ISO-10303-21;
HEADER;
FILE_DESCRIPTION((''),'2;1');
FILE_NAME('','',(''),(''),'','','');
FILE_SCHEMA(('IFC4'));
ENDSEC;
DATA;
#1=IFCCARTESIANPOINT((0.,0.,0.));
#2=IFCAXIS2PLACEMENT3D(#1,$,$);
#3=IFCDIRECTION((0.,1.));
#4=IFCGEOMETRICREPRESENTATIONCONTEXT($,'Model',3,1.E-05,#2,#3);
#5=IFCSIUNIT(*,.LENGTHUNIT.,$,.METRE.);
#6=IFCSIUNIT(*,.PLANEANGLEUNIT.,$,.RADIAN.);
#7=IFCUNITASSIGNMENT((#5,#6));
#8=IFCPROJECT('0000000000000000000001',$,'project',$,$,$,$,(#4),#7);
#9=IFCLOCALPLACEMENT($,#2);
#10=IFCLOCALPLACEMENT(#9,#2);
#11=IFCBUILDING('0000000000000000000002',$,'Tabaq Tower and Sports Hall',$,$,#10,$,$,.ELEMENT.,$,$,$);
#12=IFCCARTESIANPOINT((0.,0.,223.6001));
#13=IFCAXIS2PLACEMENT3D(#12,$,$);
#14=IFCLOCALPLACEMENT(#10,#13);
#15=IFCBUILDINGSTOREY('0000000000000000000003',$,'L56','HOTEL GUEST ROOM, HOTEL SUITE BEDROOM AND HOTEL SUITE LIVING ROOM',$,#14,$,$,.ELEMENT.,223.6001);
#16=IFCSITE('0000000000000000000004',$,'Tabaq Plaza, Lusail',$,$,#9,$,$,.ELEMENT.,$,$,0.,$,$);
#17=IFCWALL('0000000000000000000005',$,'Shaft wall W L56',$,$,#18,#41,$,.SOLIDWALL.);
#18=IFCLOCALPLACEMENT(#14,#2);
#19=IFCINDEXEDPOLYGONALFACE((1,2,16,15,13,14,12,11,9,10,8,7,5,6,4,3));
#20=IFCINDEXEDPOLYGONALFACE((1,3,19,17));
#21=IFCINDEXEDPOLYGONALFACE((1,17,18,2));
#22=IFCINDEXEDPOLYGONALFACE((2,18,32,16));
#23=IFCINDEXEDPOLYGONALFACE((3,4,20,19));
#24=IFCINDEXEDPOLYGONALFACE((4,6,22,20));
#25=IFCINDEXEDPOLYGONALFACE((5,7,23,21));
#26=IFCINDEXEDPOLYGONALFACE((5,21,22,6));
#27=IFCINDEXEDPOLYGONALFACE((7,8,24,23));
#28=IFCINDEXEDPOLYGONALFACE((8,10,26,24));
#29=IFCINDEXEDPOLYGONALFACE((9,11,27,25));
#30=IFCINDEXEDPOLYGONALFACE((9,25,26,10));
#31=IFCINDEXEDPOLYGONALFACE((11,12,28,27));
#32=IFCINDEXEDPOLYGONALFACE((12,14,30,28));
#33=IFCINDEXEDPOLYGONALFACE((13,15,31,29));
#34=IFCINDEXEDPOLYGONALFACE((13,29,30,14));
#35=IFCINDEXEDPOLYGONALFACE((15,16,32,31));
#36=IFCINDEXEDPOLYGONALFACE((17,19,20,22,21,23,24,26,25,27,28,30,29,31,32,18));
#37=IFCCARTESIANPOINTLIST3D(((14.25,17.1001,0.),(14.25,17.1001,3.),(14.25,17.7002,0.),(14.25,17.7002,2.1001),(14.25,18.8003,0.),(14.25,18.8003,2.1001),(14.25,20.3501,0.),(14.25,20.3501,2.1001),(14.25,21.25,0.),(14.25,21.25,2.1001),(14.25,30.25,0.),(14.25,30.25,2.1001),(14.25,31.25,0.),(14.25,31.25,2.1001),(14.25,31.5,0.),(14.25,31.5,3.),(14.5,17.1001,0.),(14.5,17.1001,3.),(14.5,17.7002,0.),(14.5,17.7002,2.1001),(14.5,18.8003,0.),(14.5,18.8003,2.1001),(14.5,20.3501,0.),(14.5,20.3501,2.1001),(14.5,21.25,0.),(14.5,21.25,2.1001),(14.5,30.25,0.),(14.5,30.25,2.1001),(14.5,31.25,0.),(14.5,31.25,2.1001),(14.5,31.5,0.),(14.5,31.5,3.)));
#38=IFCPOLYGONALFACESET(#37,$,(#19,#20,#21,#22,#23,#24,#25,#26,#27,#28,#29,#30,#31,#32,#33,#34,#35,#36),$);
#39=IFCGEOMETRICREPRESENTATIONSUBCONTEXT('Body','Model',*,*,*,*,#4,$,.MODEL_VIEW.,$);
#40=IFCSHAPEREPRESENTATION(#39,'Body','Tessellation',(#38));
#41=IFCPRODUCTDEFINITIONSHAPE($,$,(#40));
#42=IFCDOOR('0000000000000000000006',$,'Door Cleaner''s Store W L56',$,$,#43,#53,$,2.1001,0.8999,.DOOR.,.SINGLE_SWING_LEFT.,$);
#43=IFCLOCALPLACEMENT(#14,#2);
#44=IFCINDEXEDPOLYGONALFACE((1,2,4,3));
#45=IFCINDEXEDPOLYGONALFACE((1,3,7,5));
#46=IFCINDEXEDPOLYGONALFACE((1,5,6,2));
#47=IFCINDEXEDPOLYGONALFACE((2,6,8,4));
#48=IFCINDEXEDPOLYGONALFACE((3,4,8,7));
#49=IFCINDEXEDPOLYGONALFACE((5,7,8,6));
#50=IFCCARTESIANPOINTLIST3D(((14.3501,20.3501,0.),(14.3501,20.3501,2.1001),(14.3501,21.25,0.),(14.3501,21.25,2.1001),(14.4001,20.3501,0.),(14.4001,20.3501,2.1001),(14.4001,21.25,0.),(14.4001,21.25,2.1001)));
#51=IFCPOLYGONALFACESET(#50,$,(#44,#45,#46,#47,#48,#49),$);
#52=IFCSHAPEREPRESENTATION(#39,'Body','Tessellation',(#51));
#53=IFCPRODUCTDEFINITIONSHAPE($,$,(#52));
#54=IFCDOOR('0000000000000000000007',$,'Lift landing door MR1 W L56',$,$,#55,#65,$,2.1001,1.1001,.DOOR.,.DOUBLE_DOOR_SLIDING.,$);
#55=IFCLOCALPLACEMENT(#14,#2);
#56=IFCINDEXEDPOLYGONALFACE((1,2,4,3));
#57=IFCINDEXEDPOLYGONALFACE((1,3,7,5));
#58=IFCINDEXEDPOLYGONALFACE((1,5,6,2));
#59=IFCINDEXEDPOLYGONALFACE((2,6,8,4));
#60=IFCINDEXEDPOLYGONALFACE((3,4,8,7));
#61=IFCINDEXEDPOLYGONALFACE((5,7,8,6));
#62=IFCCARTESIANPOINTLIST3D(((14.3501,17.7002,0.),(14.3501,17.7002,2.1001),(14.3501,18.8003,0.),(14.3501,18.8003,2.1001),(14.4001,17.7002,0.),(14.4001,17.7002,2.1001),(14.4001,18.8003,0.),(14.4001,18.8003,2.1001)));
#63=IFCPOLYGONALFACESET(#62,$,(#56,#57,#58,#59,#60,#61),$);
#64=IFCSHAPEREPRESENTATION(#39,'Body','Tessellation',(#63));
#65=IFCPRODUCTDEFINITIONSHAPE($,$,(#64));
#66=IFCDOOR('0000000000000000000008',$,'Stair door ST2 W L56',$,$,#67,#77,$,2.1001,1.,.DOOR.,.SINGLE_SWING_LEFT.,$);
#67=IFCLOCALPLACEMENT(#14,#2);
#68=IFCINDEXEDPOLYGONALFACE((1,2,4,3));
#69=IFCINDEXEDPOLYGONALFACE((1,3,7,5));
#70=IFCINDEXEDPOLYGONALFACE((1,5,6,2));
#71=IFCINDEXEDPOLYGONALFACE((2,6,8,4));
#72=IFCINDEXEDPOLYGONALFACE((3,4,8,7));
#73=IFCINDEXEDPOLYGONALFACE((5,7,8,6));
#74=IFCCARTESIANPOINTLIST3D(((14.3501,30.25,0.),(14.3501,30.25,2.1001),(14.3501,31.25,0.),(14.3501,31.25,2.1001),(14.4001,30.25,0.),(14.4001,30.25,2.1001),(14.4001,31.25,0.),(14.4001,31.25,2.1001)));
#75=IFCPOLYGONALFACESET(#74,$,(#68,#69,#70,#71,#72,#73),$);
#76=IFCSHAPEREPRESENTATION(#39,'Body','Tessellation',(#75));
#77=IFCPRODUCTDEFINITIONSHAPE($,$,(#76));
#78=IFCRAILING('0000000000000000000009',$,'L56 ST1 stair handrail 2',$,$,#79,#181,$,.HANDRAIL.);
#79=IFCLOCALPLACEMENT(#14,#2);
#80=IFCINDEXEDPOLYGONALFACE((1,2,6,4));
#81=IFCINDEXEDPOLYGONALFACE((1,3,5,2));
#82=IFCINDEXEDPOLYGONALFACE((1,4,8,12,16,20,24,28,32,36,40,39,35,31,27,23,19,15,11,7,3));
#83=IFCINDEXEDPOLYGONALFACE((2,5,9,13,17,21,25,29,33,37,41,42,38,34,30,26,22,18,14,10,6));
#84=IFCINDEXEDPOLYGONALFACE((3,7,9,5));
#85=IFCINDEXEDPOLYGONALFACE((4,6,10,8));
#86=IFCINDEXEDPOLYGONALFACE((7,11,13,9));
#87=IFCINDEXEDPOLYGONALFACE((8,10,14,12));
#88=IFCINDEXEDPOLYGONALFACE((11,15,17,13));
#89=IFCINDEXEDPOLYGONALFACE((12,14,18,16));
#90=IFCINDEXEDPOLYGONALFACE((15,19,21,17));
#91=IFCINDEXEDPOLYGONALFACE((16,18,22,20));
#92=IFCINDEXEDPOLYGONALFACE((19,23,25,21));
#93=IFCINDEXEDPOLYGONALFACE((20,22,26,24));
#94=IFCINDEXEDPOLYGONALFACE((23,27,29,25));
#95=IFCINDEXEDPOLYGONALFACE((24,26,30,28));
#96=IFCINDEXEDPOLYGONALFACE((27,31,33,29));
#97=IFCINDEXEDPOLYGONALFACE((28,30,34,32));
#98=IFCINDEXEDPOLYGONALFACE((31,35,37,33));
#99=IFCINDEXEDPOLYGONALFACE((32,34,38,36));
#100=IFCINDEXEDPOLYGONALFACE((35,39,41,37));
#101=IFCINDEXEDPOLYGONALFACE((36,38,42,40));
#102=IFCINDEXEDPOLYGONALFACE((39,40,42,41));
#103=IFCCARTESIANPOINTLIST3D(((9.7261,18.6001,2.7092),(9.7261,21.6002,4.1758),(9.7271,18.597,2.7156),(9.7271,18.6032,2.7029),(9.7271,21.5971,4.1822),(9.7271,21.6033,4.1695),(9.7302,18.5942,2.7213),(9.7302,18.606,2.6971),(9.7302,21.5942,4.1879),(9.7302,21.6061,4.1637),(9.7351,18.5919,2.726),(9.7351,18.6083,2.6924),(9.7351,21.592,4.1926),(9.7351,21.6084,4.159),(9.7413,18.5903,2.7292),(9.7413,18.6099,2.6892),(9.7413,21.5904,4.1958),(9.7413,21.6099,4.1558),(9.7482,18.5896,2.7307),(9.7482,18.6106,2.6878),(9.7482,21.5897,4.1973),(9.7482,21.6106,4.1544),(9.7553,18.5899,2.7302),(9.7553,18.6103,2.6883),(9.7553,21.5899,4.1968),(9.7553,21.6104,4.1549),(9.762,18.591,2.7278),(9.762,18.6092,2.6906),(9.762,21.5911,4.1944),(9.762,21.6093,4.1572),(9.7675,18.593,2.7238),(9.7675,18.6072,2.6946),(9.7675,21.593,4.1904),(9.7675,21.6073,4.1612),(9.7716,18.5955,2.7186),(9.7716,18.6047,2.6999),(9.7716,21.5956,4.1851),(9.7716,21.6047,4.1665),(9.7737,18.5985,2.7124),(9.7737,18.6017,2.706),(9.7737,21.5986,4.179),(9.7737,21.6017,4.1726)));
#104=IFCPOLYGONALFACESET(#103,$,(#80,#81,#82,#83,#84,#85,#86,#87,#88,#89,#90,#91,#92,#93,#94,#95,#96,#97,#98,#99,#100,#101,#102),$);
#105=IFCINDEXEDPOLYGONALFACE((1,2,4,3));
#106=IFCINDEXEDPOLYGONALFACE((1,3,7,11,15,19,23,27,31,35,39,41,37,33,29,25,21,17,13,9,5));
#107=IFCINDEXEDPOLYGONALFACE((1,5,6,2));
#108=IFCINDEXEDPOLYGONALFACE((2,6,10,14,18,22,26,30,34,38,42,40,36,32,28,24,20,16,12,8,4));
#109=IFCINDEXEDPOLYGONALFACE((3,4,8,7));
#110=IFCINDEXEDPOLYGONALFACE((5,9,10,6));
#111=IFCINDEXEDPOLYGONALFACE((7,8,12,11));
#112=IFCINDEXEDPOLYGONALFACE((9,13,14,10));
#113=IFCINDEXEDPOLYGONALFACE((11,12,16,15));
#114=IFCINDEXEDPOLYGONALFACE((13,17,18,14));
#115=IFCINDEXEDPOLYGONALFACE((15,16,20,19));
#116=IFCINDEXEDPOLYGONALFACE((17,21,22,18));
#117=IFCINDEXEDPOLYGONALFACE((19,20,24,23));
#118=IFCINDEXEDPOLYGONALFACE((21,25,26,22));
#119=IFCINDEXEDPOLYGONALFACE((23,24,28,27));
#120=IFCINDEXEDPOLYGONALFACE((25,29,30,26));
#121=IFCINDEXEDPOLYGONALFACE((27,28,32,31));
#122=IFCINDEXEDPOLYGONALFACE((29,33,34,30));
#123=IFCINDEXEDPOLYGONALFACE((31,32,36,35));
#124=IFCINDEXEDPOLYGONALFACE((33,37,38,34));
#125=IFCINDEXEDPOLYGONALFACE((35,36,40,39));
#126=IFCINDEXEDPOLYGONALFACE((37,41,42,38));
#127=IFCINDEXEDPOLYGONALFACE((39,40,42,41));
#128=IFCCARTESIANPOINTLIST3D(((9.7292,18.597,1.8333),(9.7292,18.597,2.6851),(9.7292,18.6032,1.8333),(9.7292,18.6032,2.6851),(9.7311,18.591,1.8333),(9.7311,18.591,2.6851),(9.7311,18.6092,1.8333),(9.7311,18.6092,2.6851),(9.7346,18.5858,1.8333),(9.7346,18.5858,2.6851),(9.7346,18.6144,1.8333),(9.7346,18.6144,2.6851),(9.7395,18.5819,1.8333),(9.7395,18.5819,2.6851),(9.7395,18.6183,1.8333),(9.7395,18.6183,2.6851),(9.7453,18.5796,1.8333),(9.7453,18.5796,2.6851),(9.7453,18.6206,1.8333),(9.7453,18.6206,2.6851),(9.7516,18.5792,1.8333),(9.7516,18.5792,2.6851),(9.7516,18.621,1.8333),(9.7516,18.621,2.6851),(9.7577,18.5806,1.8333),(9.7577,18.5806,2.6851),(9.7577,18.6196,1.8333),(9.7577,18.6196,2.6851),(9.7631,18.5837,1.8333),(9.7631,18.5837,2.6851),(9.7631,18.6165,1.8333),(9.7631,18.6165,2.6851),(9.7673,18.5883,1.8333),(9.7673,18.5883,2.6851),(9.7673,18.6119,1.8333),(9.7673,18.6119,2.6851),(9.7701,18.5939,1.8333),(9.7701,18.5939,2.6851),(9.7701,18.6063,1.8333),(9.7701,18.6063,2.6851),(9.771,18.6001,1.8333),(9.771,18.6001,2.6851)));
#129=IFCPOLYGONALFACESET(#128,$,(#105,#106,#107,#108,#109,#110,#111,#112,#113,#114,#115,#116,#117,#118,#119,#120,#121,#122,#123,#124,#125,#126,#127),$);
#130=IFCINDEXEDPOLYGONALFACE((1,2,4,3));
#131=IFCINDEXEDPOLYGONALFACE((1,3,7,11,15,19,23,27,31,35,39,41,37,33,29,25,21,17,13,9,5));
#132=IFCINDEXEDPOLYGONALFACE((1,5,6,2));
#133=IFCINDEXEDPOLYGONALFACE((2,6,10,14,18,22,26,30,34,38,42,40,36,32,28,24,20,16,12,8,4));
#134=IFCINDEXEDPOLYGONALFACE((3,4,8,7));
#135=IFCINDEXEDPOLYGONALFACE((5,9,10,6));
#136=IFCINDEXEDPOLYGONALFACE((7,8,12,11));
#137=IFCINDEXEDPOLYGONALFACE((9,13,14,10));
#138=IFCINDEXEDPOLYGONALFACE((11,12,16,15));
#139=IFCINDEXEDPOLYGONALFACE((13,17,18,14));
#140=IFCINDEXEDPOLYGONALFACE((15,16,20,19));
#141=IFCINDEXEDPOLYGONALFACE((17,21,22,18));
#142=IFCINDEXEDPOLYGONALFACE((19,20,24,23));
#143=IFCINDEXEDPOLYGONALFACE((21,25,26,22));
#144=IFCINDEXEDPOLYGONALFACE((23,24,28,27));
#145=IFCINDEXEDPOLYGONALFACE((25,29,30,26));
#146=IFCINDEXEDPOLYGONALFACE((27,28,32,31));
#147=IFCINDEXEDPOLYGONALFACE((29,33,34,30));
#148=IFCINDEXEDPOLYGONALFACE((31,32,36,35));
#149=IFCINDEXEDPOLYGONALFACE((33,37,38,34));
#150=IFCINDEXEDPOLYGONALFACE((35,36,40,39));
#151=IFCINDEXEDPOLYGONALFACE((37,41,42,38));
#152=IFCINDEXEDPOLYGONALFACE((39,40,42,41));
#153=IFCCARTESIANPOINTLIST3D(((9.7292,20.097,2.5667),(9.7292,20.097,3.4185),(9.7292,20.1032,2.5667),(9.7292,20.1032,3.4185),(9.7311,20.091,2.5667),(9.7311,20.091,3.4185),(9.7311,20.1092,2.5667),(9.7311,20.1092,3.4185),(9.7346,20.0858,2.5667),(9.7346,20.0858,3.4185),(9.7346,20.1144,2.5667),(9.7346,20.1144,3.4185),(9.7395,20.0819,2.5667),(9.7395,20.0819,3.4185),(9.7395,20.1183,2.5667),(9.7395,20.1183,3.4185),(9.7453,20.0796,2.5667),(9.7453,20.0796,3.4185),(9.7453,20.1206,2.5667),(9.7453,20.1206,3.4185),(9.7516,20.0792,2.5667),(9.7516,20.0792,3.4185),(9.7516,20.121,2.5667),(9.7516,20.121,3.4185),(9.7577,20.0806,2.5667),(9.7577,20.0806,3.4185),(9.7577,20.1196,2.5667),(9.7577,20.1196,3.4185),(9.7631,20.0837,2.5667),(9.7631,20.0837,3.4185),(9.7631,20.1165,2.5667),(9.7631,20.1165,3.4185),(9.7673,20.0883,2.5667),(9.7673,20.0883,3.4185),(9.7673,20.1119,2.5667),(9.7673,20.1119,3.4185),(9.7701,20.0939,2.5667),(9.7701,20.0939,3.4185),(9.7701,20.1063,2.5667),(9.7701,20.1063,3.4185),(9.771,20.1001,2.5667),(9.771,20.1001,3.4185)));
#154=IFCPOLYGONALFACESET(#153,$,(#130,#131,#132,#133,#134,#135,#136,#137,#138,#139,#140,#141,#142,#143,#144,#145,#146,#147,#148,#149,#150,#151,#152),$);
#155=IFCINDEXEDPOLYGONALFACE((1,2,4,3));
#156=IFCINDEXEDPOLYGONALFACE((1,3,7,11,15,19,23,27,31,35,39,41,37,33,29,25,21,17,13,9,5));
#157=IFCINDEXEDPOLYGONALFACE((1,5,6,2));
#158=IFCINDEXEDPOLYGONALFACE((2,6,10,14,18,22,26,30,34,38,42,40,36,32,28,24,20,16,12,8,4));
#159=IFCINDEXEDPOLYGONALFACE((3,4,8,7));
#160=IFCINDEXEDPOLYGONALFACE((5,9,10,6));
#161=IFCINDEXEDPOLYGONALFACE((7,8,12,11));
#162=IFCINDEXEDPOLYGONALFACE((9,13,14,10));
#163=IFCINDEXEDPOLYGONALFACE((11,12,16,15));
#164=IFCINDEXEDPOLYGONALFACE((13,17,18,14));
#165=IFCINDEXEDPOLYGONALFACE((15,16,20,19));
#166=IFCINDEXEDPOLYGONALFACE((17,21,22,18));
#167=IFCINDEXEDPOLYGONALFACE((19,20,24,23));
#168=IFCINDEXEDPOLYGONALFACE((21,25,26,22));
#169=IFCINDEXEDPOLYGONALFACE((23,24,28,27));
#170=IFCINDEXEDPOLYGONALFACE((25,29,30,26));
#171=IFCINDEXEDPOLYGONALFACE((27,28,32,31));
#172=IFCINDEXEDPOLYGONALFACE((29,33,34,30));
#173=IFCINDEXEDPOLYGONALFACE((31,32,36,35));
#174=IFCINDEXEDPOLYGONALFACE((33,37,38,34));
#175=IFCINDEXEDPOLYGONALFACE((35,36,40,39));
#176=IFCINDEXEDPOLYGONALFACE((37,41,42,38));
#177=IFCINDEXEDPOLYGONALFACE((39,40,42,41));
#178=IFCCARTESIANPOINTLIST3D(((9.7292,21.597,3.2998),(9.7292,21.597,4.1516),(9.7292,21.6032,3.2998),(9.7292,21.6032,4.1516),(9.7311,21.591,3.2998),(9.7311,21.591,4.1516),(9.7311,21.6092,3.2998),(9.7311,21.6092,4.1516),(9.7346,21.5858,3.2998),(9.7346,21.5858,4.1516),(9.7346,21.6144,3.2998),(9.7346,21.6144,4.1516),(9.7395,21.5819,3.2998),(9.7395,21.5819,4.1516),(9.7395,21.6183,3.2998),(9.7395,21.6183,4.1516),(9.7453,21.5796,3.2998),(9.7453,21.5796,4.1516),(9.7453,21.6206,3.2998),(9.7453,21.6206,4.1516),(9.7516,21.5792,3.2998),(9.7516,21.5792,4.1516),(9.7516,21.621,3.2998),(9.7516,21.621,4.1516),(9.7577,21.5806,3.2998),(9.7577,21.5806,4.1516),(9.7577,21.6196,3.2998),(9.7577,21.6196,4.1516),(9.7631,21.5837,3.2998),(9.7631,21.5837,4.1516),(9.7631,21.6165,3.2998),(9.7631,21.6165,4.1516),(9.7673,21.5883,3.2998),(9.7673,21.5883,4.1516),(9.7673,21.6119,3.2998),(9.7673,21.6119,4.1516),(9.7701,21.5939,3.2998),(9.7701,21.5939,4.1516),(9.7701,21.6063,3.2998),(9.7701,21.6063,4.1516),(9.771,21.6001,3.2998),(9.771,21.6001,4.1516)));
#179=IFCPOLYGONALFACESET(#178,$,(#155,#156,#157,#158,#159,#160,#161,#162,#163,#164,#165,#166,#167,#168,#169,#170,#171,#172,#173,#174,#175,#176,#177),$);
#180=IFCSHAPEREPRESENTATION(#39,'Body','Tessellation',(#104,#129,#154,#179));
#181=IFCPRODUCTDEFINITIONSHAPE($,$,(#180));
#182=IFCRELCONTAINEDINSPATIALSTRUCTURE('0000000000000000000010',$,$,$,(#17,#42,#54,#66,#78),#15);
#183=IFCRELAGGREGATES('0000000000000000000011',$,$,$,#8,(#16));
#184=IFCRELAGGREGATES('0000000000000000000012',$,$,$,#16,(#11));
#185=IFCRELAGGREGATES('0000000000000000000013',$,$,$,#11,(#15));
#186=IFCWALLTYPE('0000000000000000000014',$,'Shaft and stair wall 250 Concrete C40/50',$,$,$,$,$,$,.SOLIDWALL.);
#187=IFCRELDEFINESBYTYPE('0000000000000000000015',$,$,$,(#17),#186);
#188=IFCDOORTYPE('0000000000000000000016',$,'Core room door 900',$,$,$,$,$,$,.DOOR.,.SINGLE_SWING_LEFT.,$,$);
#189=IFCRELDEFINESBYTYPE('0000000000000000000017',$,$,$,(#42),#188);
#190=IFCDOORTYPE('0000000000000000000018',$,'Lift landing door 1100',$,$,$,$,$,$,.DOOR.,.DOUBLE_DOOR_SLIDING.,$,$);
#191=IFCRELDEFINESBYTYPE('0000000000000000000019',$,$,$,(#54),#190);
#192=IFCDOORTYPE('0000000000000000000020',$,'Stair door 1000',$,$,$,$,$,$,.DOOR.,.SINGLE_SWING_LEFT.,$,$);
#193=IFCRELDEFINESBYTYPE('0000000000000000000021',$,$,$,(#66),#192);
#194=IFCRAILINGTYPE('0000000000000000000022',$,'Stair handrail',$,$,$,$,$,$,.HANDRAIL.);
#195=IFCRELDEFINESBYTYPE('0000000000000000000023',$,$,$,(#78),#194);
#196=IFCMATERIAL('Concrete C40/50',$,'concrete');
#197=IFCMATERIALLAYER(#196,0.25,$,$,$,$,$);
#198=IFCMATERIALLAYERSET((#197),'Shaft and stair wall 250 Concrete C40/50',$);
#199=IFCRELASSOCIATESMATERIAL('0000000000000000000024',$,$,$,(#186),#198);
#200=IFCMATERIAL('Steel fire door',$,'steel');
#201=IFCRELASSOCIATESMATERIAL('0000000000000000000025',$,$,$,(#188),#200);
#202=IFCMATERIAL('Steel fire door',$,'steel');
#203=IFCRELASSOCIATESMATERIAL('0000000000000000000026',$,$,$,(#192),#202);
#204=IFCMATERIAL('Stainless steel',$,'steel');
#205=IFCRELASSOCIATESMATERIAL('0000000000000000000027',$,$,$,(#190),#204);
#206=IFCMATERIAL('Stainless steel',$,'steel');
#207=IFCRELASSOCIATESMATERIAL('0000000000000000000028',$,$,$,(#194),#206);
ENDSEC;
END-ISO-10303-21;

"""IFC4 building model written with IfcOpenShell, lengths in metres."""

from ifc_helpers import new_model, si_unit, direction, frame, frame_2d, origin, origin_2d, place, context, subcontext, project, spatial, rectangle, circle, extrude, material, layer, layer_set, type_object, element, fill, save


model = new_model("IFC4")

# Units and contexts
model_context = context("Model", 3, precision=1e-05, world=origin(), true_north=direction((0.0, 1.0)))
body_context = subcontext(model_context, "Body", "Model", "MODEL_VIEW")
ifc_project = project(units=[si_unit("LENGTHUNIT", "METRE"), si_unit("PLANEANGLEUNIT", "RADIAN")], contexts=[model_context])

# Site, building, storey
site_placement = place(None, origin())
site = spatial("IfcSite", under=ifc_project, at=site_placement, Name="Tabaq Plaza, Lusail", CompositionType="ELEMENT", RefElevation=0.0)
building_placement = place(site_placement, origin())
building = spatial("IfcBuilding", under=site, at=building_placement, Name="Tabaq Tower and Sports Hall", CompositionType="ELEMENT")
storey_placement = place(building_placement, frame((0.0, 0.0, 223.6001)))
storey = spatial("IfcBuildingStorey", under=building, at=storey_placement, Name="L56", Description="HOTEL GUEST ROOM, HOTEL SUITE BEDROOM AND HOTEL SUITE LIVING ROOM", CompositionType="ELEMENT", Elevation=223.6001)

# Wall, openings, doors
ifc_material_1 = material(Name="Concrete C40/50", Category="concrete")
ifc_layer_1 = layer(ifc_material_1, 0.25)
ifc_layer_set_1 = layer_set([ifc_layer_1], Name="Shaft and stair wall 250 Concrete C40/50")
wall_type_1 = type_object("IfcWallType", Name="Shaft and stair wall 250 Concrete C40/50", PredefinedType="SOLIDWALL", material=ifc_layer_set_1)
ifc_material_2 = material(Name="Steel fire door", Category="steel")
door_type_1 = type_object("IfcDoorType", Name="Core room door 900", OperationType="SINGLE_SWING_LEFT", PredefinedType="DOOR", material=ifc_material_2)
ifc_material_3 = material(Name="Steel fire door", Category="steel")
door_type_2 = type_object("IfcDoorType", Name="Stair door 1000", OperationType="SINGLE_SWING_LEFT", PredefinedType="DOOR", material=ifc_material_3)
wall_1_placement = place(storey_placement, frame((14.375, 17.1001, 0.0), z_axis=(0.0, 0.0, 1.0), x_axis=(0.0, 1.0, 0.0)))
wall_1 = element("IfcWall", 1, at=wall_1_placement, inside=storey, type_object=wall_type_1, Name="Shaft wall W L56", PredefinedType="SOLIDWALL", context=body_context, shape_type="SweptSolid", body=[
    extrude(rectangle(XDim=14.3999, YDim=0.25, at=frame_2d((7.2, 0.0))), origin(), (0.0, 0.0, 1.0), 3.0),
])
opening_1_placement = place(wall_1_placement, frame((13.1499, 0.0, 0.0)))
opening_1 = element("IfcOpeningElement", 2, at=opening_1_placement, cuts=wall_1, PredefinedType="OPENING", context=body_context, shape_type="SweptSolid", body=[
    extrude(rectangle(XDim=1.0, YDim=2.1001, at=frame_2d((0.5, 1.05))), frame((0.0, 0.125, 0.0), z_axis=(0.0, -1.0, 0.0), x_axis=(1.0, 0.0, 0.0)), (0.0, 0.0, 1.0), 0.25),
])
opening_2_placement = place(wall_1_placement, frame((0.6001, 0.0, 0.0)))
opening_2 = element("IfcOpeningElement", 3, at=opening_2_placement, cuts=wall_1, PredefinedType="OPENING", context=body_context, shape_type="SweptSolid", body=[
    extrude(rectangle(XDim=1.1001, YDim=2.1001, at=frame_2d((0.55, 1.05))), frame((0.0, 0.125, 0.0), z_axis=(0.0, -1.0, 0.0), x_axis=(1.0, 0.0, 0.0)), (0.0, 0.0, 1.0), 0.25),
])
opening_3_placement = place(wall_1_placement, frame((3.25, 0.0, 0.0)))
opening_3 = element("IfcOpeningElement", 4, at=opening_3_placement, cuts=wall_1, PredefinedType="OPENING", context=body_context, shape_type="SweptSolid", body=[
    extrude(rectangle(XDim=0.8999, YDim=2.1001, at=frame_2d((0.45, 1.05))), frame((0.0, 0.125, 0.0), z_axis=(0.0, -1.0, 0.0), x_axis=(1.0, 0.0, 0.0)), (0.0, 0.0, 1.0), 0.25),
])
door_1_placement = place(opening_3_placement, origin())
door_1 = element("IfcDoor", 5, at=door_1_placement, inside=storey, type_object=door_type_1, Name="Door Cleaner's Store W L56", OperationType="SINGLE_SWING_LEFT", OverallHeight=2.1001, OverallWidth=0.8999, PredefinedType="DOOR", context=body_context, shape_type="SweptSolid", body=[
    extrude(rectangle(XDim=0.8999, YDim=2.1001, at=frame_2d((0.45, 1.05))), frame((0.0, 0.0249, 0.0), z_axis=(0.0, -1.0, 0.0), x_axis=(1.0, 0.0, 0.0)), (0.0, 0.0, 1.0), 0.05),
])
fill(opening_3, door_1)
ifc_material_4 = material(Name="Stainless steel", Category="steel")
door_type_3 = type_object("IfcDoorType", Name="Lift landing door 1100", OperationType="DOUBLE_DOOR_SLIDING", PredefinedType="DOOR", material=ifc_material_4)
door_2_placement = place(opening_2_placement, origin())
door_2 = element("IfcDoor", 6, at=door_2_placement, inside=storey, type_object=door_type_3, Name="Lift landing door MR1 W L56", OperationType="DOUBLE_DOOR_SLIDING", OverallHeight=2.1001, OverallWidth=1.1001, PredefinedType="DOOR", context=body_context, shape_type="SweptSolid", body=[
    extrude(rectangle(XDim=1.1001, YDim=2.1001, at=frame_2d((0.55, 1.05))), frame((0.0, 0.0249, 0.0), z_axis=(0.0, -1.0, 0.0), x_axis=(1.0, 0.0, 0.0)), (0.0, 0.0, 1.0), 0.05),
])
fill(opening_2, door_2)
door_3_placement = place(opening_1_placement, origin())
door_3 = element("IfcDoor", 7, at=door_3_placement, inside=storey, type_object=door_type_2, Name="Stair door ST2 W L56", OperationType="SINGLE_SWING_LEFT", OverallHeight=2.1001, OverallWidth=1.0, PredefinedType="DOOR", context=body_context, shape_type="SweptSolid", body=[
    extrude(rectangle(XDim=1.0, YDim=2.1001, at=frame_2d((0.5, 1.05))), frame((0.0, 0.0249, 0.0), z_axis=(0.0, -1.0, 0.0), x_axis=(1.0, 0.0, 0.0)), (0.0, 0.0, 1.0), 0.05),
])
fill(opening_1, door_3)

# Railing
ifc_material_5 = material(Name="Stainless steel", Category="steel")
railing_type = type_object("IfcRailingType", Name="Stair handrail", PredefinedType="HANDRAIL", material=ifc_material_5)
railing_placement = place(storey_placement, frame((9.75, 18.6001, 1.8333)))
element("IfcRailing", 8, at=railing_placement, inside=storey, type_object=railing_type, Name="L56 ST1 stair handrail 2", PredefinedType="HANDRAIL", context=body_context, shape_type="SweptSolid", body=[
    extrude(circle(Radius=0.0239, at=origin_2d()), frame((0.0, 0.0, 0.876), z_axis=(0.0, 0.898398, 0.439183), x_axis=(-1.0, 0.0, 0.0)), (0.0, 0.0, 1.0), 3.3394),
    extrude(circle(Radius=0.021, at=origin_2d()), origin(), (0.0, 0.0, 1.0), 0.8518),
    extrude(circle(Radius=0.021, at=origin_2d()), frame((0.0, 1.5, 0.7334)), (0.0, 0.0, 1.0), 0.8518),
    extrude(circle(Radius=0.021, at=origin_2d()), frame((0.0, 3.0, 1.4666)), (0.0, 0.0, 1.0), 0.8518),
])

save(model, "model.ifc")
